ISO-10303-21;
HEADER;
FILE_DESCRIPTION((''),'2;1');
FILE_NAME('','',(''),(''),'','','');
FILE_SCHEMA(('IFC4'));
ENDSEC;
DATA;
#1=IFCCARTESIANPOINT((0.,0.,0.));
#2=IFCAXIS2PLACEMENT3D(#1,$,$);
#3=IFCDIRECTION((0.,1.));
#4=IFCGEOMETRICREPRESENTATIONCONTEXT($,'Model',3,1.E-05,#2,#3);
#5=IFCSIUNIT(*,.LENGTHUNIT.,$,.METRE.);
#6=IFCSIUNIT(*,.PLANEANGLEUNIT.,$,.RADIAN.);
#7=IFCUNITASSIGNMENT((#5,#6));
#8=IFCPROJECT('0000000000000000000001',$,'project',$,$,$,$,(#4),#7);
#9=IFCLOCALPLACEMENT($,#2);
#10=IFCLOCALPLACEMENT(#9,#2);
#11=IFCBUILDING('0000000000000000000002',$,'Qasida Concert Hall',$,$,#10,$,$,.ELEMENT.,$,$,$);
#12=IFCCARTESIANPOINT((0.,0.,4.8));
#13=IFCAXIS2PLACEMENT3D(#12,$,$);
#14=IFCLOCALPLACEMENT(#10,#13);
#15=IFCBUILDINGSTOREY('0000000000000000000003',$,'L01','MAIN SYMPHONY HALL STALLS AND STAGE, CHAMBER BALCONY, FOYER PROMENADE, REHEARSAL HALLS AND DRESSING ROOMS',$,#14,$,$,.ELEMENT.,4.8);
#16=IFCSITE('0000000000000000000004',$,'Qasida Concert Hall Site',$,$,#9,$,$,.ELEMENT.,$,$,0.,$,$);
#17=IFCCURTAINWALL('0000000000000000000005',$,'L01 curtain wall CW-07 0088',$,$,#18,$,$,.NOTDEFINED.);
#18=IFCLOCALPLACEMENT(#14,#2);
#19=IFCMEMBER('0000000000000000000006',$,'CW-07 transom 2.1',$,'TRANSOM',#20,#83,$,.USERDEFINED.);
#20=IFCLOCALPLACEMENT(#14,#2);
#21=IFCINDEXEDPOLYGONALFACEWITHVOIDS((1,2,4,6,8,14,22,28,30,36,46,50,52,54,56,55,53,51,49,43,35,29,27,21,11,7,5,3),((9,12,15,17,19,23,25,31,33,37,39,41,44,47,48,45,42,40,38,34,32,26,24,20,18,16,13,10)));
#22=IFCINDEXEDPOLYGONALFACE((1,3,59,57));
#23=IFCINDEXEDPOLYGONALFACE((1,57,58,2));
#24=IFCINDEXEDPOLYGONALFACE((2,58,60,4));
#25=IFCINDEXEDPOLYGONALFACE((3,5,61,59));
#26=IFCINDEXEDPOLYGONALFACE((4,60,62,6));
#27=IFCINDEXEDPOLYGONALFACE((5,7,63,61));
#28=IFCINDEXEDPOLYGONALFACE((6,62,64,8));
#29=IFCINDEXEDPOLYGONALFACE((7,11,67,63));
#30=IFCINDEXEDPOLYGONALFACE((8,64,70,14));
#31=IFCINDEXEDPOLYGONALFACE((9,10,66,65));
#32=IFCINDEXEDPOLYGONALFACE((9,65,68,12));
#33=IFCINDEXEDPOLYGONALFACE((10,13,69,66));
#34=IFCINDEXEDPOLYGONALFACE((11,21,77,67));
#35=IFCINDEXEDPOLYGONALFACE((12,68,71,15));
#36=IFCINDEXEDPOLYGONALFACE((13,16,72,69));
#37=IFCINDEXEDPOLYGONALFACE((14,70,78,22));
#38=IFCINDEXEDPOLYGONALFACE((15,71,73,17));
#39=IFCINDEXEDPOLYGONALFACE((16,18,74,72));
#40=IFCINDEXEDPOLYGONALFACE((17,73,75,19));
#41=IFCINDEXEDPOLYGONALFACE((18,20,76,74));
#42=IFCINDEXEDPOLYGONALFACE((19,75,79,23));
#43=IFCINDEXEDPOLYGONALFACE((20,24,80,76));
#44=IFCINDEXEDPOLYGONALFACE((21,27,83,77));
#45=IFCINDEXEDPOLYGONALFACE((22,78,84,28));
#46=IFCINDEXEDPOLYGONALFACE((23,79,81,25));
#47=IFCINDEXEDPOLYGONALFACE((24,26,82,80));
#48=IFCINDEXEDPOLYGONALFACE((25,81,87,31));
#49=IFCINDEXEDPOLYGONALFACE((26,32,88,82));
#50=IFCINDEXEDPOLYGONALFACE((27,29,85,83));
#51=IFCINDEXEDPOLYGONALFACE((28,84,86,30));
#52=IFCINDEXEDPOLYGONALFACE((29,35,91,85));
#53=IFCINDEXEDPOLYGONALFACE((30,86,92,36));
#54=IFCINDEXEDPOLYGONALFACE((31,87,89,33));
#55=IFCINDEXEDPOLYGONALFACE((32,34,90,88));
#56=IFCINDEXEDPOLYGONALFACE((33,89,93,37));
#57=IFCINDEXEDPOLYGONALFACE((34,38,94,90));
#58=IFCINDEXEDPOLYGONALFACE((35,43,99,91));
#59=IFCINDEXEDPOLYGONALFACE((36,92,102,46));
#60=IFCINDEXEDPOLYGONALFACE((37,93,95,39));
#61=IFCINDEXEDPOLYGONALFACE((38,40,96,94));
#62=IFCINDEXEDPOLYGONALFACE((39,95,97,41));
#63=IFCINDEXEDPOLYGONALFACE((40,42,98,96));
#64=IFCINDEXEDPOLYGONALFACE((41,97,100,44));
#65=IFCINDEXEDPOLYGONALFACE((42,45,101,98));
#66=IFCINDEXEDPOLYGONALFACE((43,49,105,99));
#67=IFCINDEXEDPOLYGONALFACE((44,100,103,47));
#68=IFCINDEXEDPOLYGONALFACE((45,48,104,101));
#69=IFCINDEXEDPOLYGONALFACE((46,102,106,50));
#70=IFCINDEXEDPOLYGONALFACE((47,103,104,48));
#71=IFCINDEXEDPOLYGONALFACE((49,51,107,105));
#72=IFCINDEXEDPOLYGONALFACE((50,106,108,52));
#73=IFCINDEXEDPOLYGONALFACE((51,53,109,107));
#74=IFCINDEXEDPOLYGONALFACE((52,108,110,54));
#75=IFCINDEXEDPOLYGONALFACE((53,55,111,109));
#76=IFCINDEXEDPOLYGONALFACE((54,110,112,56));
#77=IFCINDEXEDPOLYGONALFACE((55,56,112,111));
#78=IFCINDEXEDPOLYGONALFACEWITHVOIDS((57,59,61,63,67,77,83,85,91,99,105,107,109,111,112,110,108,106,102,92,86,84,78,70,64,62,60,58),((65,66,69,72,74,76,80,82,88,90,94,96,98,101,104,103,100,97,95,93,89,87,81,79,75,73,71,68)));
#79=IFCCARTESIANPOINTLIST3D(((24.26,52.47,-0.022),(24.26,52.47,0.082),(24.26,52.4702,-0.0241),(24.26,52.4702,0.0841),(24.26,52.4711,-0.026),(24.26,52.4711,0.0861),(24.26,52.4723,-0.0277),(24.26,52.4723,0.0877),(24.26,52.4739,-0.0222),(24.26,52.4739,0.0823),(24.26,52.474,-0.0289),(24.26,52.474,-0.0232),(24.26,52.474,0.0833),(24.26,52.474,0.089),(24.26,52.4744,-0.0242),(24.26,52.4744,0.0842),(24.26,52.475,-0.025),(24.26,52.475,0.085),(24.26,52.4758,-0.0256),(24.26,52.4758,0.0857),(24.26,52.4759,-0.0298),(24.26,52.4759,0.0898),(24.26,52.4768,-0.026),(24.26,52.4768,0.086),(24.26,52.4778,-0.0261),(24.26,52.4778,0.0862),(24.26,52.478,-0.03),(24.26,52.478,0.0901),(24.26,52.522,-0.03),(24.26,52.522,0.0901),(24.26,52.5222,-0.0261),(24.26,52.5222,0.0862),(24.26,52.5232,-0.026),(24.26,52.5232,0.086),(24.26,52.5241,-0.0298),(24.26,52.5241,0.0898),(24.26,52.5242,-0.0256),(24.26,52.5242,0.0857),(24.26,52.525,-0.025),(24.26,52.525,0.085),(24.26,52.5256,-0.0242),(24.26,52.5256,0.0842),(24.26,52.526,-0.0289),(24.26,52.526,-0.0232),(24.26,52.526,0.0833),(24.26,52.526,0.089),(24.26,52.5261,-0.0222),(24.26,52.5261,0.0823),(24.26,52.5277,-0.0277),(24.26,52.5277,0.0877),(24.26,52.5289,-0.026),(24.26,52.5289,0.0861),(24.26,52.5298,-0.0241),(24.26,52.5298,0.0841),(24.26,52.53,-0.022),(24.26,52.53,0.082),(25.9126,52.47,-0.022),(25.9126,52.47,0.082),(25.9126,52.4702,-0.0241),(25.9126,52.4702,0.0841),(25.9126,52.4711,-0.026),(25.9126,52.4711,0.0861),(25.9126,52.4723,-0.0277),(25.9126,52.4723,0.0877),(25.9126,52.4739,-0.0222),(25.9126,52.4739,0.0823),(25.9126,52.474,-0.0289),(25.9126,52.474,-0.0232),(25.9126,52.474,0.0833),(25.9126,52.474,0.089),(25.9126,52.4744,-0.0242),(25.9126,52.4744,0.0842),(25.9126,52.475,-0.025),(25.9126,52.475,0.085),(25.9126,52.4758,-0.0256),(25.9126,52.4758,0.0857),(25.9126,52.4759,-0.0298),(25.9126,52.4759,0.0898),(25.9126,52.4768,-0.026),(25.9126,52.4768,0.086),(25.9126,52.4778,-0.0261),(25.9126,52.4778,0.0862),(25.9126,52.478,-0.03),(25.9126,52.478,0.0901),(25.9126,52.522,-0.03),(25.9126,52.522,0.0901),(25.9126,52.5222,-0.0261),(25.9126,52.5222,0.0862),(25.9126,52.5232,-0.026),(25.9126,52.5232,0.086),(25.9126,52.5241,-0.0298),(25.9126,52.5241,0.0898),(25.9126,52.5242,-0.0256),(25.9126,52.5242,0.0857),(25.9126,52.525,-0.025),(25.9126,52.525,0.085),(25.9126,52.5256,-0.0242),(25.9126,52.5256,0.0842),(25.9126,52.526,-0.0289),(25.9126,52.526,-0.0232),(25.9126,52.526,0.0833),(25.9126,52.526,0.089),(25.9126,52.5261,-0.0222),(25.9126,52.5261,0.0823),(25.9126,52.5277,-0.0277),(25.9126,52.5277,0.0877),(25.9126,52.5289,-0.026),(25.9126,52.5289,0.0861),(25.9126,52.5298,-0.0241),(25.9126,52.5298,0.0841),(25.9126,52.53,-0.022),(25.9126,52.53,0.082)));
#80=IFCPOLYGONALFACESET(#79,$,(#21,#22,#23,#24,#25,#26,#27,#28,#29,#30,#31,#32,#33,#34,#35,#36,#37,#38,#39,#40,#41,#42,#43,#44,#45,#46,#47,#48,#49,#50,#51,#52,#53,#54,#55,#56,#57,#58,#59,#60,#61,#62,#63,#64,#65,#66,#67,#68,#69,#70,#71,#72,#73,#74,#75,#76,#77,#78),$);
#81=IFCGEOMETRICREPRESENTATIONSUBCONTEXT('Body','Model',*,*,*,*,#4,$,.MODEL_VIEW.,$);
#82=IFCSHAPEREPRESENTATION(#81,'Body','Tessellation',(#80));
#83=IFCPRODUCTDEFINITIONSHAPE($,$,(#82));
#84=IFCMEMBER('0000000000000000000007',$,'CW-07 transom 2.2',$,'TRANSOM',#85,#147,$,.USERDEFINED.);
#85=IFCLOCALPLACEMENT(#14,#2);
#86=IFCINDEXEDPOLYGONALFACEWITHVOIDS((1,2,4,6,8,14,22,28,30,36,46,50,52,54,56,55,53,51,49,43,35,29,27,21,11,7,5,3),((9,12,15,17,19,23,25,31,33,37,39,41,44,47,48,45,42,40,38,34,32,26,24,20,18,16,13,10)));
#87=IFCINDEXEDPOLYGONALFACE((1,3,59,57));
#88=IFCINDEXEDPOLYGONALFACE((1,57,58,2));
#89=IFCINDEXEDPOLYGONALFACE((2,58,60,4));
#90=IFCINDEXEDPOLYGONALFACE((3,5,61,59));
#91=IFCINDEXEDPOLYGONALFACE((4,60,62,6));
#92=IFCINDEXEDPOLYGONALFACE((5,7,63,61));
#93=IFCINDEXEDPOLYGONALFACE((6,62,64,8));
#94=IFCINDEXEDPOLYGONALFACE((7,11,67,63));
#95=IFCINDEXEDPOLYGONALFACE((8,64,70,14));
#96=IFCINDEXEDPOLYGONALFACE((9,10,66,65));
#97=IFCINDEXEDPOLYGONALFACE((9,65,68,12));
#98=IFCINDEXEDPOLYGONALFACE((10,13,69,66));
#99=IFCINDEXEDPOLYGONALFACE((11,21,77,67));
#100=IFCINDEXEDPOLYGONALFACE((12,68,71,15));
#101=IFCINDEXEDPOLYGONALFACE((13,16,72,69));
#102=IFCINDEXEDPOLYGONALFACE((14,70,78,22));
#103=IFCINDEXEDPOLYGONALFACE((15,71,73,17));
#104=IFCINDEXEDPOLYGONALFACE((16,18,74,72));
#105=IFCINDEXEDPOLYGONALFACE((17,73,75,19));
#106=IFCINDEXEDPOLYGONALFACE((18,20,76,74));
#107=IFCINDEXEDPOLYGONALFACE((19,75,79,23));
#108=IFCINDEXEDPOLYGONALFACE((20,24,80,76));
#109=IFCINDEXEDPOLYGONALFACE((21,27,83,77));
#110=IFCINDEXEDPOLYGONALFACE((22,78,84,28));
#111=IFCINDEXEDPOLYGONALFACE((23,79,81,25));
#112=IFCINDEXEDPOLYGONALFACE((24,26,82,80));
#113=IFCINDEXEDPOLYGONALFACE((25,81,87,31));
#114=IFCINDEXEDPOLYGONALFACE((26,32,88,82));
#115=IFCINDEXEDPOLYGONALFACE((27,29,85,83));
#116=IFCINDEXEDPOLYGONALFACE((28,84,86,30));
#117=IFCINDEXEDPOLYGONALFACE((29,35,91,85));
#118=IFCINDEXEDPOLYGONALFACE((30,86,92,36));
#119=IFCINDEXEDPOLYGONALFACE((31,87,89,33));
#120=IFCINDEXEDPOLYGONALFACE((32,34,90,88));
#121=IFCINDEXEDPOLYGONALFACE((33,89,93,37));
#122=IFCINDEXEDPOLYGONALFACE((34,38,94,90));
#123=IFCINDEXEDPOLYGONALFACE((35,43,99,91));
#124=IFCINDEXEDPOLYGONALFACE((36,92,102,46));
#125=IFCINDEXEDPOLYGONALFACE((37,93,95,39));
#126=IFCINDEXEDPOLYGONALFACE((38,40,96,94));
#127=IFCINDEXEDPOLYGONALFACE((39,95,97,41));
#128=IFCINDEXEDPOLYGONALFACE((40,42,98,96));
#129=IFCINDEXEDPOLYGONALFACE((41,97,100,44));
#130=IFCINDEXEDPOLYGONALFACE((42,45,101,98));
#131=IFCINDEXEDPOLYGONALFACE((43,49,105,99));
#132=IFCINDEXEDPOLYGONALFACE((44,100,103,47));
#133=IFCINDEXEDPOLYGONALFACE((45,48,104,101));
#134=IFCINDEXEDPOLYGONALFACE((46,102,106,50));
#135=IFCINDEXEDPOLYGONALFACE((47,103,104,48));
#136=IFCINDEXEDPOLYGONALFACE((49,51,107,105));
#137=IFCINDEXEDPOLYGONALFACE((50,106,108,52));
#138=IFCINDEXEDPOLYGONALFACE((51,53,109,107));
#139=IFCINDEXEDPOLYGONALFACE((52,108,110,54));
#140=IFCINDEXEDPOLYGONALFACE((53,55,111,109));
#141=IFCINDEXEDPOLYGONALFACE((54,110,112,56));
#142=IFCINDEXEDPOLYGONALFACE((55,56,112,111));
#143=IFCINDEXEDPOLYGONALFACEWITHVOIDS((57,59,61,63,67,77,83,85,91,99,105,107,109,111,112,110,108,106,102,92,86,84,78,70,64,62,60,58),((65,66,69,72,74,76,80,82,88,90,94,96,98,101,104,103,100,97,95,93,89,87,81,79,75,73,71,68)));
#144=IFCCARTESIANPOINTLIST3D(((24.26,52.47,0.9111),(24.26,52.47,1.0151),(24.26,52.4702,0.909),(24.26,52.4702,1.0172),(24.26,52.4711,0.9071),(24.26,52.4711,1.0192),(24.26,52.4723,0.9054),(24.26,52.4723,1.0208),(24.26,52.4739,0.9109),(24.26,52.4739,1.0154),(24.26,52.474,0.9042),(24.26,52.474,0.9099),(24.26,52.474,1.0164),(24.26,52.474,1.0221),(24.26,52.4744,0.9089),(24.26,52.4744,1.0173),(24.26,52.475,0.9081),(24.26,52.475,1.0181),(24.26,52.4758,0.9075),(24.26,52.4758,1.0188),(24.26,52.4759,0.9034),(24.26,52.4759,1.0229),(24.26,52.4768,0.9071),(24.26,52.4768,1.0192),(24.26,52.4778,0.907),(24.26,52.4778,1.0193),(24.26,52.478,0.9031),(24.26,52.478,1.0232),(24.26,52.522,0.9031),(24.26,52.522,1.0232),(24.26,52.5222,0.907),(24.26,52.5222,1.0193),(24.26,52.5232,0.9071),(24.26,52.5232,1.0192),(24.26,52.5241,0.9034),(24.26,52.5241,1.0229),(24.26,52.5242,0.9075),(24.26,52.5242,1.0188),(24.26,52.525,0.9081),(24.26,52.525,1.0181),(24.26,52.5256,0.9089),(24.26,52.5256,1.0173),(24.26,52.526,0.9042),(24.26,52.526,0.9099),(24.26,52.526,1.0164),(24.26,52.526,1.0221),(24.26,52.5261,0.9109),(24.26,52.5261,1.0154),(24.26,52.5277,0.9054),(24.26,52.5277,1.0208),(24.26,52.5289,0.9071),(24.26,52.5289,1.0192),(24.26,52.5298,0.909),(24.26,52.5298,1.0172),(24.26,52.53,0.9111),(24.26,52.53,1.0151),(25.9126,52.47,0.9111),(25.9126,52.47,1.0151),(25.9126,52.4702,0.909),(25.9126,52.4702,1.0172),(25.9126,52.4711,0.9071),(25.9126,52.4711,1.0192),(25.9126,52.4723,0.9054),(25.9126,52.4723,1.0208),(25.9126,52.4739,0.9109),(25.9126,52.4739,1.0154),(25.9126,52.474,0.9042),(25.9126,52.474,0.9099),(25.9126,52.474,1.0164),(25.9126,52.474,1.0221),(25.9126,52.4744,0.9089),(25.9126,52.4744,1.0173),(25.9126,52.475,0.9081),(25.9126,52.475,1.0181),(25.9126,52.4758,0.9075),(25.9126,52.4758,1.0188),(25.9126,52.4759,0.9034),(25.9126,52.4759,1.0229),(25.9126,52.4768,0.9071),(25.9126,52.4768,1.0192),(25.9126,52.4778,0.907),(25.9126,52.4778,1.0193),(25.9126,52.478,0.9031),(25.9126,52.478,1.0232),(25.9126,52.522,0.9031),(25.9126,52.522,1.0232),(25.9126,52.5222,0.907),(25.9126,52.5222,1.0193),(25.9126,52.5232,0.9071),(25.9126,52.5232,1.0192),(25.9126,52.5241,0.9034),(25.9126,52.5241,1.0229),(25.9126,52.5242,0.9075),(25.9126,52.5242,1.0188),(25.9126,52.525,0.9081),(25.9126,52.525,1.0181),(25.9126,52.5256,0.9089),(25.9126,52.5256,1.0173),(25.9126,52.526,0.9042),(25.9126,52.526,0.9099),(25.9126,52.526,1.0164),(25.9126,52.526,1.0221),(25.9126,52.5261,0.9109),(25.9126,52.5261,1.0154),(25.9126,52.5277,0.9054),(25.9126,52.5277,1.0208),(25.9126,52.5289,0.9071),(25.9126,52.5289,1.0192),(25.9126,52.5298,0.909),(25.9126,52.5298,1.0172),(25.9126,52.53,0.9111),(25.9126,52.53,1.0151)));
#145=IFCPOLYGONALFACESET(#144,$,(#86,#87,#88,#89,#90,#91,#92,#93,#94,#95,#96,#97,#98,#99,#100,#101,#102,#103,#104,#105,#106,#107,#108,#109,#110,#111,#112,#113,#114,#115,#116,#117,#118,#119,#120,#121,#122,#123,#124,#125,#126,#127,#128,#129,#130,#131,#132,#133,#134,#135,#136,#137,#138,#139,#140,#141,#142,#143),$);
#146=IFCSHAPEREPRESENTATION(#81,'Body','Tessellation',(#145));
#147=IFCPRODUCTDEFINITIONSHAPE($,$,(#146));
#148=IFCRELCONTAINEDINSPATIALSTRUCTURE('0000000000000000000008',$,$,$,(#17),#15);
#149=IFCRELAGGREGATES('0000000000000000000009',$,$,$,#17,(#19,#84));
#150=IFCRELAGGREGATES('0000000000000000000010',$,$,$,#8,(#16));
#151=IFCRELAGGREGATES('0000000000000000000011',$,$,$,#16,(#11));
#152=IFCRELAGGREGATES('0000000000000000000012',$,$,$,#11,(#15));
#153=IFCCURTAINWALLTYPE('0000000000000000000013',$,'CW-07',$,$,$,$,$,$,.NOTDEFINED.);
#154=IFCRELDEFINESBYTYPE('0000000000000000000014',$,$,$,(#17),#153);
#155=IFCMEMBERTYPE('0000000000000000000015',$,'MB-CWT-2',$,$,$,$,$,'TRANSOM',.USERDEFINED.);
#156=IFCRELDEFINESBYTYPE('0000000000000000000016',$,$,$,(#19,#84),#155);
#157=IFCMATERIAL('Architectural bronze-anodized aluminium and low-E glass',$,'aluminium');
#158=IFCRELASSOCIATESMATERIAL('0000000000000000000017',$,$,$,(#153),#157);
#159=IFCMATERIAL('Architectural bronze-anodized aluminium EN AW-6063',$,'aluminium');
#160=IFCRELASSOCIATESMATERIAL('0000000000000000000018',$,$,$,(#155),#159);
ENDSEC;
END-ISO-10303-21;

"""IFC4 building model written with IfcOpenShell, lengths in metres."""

from ifc_helpers import new_model, si_unit, direction, frame, origin, origin_2d, place, context, subcontext, project, spatial, hollow_rectangle, extrude, material, material_profile, profile_set, type_object, element, aggregate, save


model = new_model("IFC4")

# Units and contexts
model_context = context("Model", 3, precision=1e-05, world=origin(), true_north=direction((0.0, 1.0)))
body_context = subcontext(model_context, "Body", "Model", "MODEL_VIEW")
ifc_project = project(units=[si_unit("LENGTHUNIT", "METRE"), si_unit("PLANEANGLEUNIT", "RADIAN")], contexts=[model_context])

# Site, building, storey
site_placement = place(None, origin())
site = spatial("IfcSite", under=ifc_project, at=site_placement, Name="Qasida Concert Hall Site", CompositionType="ELEMENT", RefElevation=0.0)
building_placement = place(site_placement, origin())
building = spatial("IfcBuilding", under=site, at=building_placement, Name="Qasida Concert Hall", CompositionType="ELEMENT")
storey_placement = place(building_placement, frame((0.0, 0.0, 4.8)))
storey = spatial("IfcBuildingStorey", under=building, at=storey_placement, Name="L01", Description="MAIN SYMPHONY HALL STALLS AND STAGE, CHAMBER BALCONY, FOYER PROMENADE, REHEARSAL HALLS AND DRESSING ROOMS", CompositionType="ELEMENT", Elevation=4.8)

# Curtain wall
ifc_material_1 = material(Name="Architectural bronze-anodized aluminium and low-E glass", Category="aluminium")
curtain_wall_type_1 = type_object("IfcCurtainWallType", Name="CW-07", PredefinedType="NOTDEFINED", material=ifc_material_1)
curtain_wall_1_placement = place(storey_placement, origin())
curtain_wall_1 = element("IfcCurtainWall", 1, at=curtain_wall_1_placement, inside=storey, type_object=curtain_wall_type_1, Name="L01 curtain wall CW-07 0088", PredefinedType="NOTDEFINED")
ifc_material_2 = material(Name="Architectural bronze-anodized aluminium EN AW-6063", Category="aluminium")

# Members
ifc_material_profile_1 = material_profile(ifc_material_2, hollow_rectangle(XDim=0.0601, YDim=0.1201, WallThickness=0.0039, InnerFilletRadius=0.0039, OuterFilletRadius=0.0081, at=origin_2d()), Name="CWT 120x60x4")
ifc_profile_set_1 = profile_set([ifc_material_profile_1], Name="Architectural bronze-anodized aluminium EN AW-6063")
member_type_1 = type_object("IfcMemberType", Name="MB-CWT-2", ElementType="TRANSOM", PredefinedType="USERDEFINED", material=ifc_profile_set_1)
member_1_placement = place(storey_placement, frame((24.26, 52.5, 0.03), z_axis=(1.0, 0.0, 0.0), x_axis=(0.0, 1.0, 0.0)))
member_1 = element("IfcMember", 2, at=member_1_placement, type_object=member_type_1, Name="CW-07 transom 2.1", ObjectType="TRANSOM", PredefinedType="USERDEFINED", context=body_context, shape_type="SweptSolid", body=[
    extrude(hollow_rectangle(XDim=0.0601, YDim=0.1201, WallThickness=0.0039, InnerFilletRadius=0.0039, OuterFilletRadius=0.0081, at=origin_2d()), origin(), (0.0, 0.0, 1.0), 1.6526),
])
member_2_placement = place(storey_placement, frame((24.26, 52.5, 0.9631), z_axis=(1.0, 0.0, 0.0), x_axis=(0.0, 1.0, 0.0)))
member_2 = element("IfcMember", 3, at=member_2_placement, type_object=member_type_1, Name="CW-07 transom 2.2", ObjectType="TRANSOM", PredefinedType="USERDEFINED", context=body_context, shape_type="SweptSolid", body=[
    extrude(hollow_rectangle(XDim=0.0601, YDim=0.1201, WallThickness=0.0039, InnerFilletRadius=0.0039, OuterFilletRadius=0.0081, at=origin_2d()), origin(), (0.0, 0.0, 1.0), 1.6526),
])

aggregate(curtain_wall_1, [member_1, member_2])

save(model, "model.ifc")
